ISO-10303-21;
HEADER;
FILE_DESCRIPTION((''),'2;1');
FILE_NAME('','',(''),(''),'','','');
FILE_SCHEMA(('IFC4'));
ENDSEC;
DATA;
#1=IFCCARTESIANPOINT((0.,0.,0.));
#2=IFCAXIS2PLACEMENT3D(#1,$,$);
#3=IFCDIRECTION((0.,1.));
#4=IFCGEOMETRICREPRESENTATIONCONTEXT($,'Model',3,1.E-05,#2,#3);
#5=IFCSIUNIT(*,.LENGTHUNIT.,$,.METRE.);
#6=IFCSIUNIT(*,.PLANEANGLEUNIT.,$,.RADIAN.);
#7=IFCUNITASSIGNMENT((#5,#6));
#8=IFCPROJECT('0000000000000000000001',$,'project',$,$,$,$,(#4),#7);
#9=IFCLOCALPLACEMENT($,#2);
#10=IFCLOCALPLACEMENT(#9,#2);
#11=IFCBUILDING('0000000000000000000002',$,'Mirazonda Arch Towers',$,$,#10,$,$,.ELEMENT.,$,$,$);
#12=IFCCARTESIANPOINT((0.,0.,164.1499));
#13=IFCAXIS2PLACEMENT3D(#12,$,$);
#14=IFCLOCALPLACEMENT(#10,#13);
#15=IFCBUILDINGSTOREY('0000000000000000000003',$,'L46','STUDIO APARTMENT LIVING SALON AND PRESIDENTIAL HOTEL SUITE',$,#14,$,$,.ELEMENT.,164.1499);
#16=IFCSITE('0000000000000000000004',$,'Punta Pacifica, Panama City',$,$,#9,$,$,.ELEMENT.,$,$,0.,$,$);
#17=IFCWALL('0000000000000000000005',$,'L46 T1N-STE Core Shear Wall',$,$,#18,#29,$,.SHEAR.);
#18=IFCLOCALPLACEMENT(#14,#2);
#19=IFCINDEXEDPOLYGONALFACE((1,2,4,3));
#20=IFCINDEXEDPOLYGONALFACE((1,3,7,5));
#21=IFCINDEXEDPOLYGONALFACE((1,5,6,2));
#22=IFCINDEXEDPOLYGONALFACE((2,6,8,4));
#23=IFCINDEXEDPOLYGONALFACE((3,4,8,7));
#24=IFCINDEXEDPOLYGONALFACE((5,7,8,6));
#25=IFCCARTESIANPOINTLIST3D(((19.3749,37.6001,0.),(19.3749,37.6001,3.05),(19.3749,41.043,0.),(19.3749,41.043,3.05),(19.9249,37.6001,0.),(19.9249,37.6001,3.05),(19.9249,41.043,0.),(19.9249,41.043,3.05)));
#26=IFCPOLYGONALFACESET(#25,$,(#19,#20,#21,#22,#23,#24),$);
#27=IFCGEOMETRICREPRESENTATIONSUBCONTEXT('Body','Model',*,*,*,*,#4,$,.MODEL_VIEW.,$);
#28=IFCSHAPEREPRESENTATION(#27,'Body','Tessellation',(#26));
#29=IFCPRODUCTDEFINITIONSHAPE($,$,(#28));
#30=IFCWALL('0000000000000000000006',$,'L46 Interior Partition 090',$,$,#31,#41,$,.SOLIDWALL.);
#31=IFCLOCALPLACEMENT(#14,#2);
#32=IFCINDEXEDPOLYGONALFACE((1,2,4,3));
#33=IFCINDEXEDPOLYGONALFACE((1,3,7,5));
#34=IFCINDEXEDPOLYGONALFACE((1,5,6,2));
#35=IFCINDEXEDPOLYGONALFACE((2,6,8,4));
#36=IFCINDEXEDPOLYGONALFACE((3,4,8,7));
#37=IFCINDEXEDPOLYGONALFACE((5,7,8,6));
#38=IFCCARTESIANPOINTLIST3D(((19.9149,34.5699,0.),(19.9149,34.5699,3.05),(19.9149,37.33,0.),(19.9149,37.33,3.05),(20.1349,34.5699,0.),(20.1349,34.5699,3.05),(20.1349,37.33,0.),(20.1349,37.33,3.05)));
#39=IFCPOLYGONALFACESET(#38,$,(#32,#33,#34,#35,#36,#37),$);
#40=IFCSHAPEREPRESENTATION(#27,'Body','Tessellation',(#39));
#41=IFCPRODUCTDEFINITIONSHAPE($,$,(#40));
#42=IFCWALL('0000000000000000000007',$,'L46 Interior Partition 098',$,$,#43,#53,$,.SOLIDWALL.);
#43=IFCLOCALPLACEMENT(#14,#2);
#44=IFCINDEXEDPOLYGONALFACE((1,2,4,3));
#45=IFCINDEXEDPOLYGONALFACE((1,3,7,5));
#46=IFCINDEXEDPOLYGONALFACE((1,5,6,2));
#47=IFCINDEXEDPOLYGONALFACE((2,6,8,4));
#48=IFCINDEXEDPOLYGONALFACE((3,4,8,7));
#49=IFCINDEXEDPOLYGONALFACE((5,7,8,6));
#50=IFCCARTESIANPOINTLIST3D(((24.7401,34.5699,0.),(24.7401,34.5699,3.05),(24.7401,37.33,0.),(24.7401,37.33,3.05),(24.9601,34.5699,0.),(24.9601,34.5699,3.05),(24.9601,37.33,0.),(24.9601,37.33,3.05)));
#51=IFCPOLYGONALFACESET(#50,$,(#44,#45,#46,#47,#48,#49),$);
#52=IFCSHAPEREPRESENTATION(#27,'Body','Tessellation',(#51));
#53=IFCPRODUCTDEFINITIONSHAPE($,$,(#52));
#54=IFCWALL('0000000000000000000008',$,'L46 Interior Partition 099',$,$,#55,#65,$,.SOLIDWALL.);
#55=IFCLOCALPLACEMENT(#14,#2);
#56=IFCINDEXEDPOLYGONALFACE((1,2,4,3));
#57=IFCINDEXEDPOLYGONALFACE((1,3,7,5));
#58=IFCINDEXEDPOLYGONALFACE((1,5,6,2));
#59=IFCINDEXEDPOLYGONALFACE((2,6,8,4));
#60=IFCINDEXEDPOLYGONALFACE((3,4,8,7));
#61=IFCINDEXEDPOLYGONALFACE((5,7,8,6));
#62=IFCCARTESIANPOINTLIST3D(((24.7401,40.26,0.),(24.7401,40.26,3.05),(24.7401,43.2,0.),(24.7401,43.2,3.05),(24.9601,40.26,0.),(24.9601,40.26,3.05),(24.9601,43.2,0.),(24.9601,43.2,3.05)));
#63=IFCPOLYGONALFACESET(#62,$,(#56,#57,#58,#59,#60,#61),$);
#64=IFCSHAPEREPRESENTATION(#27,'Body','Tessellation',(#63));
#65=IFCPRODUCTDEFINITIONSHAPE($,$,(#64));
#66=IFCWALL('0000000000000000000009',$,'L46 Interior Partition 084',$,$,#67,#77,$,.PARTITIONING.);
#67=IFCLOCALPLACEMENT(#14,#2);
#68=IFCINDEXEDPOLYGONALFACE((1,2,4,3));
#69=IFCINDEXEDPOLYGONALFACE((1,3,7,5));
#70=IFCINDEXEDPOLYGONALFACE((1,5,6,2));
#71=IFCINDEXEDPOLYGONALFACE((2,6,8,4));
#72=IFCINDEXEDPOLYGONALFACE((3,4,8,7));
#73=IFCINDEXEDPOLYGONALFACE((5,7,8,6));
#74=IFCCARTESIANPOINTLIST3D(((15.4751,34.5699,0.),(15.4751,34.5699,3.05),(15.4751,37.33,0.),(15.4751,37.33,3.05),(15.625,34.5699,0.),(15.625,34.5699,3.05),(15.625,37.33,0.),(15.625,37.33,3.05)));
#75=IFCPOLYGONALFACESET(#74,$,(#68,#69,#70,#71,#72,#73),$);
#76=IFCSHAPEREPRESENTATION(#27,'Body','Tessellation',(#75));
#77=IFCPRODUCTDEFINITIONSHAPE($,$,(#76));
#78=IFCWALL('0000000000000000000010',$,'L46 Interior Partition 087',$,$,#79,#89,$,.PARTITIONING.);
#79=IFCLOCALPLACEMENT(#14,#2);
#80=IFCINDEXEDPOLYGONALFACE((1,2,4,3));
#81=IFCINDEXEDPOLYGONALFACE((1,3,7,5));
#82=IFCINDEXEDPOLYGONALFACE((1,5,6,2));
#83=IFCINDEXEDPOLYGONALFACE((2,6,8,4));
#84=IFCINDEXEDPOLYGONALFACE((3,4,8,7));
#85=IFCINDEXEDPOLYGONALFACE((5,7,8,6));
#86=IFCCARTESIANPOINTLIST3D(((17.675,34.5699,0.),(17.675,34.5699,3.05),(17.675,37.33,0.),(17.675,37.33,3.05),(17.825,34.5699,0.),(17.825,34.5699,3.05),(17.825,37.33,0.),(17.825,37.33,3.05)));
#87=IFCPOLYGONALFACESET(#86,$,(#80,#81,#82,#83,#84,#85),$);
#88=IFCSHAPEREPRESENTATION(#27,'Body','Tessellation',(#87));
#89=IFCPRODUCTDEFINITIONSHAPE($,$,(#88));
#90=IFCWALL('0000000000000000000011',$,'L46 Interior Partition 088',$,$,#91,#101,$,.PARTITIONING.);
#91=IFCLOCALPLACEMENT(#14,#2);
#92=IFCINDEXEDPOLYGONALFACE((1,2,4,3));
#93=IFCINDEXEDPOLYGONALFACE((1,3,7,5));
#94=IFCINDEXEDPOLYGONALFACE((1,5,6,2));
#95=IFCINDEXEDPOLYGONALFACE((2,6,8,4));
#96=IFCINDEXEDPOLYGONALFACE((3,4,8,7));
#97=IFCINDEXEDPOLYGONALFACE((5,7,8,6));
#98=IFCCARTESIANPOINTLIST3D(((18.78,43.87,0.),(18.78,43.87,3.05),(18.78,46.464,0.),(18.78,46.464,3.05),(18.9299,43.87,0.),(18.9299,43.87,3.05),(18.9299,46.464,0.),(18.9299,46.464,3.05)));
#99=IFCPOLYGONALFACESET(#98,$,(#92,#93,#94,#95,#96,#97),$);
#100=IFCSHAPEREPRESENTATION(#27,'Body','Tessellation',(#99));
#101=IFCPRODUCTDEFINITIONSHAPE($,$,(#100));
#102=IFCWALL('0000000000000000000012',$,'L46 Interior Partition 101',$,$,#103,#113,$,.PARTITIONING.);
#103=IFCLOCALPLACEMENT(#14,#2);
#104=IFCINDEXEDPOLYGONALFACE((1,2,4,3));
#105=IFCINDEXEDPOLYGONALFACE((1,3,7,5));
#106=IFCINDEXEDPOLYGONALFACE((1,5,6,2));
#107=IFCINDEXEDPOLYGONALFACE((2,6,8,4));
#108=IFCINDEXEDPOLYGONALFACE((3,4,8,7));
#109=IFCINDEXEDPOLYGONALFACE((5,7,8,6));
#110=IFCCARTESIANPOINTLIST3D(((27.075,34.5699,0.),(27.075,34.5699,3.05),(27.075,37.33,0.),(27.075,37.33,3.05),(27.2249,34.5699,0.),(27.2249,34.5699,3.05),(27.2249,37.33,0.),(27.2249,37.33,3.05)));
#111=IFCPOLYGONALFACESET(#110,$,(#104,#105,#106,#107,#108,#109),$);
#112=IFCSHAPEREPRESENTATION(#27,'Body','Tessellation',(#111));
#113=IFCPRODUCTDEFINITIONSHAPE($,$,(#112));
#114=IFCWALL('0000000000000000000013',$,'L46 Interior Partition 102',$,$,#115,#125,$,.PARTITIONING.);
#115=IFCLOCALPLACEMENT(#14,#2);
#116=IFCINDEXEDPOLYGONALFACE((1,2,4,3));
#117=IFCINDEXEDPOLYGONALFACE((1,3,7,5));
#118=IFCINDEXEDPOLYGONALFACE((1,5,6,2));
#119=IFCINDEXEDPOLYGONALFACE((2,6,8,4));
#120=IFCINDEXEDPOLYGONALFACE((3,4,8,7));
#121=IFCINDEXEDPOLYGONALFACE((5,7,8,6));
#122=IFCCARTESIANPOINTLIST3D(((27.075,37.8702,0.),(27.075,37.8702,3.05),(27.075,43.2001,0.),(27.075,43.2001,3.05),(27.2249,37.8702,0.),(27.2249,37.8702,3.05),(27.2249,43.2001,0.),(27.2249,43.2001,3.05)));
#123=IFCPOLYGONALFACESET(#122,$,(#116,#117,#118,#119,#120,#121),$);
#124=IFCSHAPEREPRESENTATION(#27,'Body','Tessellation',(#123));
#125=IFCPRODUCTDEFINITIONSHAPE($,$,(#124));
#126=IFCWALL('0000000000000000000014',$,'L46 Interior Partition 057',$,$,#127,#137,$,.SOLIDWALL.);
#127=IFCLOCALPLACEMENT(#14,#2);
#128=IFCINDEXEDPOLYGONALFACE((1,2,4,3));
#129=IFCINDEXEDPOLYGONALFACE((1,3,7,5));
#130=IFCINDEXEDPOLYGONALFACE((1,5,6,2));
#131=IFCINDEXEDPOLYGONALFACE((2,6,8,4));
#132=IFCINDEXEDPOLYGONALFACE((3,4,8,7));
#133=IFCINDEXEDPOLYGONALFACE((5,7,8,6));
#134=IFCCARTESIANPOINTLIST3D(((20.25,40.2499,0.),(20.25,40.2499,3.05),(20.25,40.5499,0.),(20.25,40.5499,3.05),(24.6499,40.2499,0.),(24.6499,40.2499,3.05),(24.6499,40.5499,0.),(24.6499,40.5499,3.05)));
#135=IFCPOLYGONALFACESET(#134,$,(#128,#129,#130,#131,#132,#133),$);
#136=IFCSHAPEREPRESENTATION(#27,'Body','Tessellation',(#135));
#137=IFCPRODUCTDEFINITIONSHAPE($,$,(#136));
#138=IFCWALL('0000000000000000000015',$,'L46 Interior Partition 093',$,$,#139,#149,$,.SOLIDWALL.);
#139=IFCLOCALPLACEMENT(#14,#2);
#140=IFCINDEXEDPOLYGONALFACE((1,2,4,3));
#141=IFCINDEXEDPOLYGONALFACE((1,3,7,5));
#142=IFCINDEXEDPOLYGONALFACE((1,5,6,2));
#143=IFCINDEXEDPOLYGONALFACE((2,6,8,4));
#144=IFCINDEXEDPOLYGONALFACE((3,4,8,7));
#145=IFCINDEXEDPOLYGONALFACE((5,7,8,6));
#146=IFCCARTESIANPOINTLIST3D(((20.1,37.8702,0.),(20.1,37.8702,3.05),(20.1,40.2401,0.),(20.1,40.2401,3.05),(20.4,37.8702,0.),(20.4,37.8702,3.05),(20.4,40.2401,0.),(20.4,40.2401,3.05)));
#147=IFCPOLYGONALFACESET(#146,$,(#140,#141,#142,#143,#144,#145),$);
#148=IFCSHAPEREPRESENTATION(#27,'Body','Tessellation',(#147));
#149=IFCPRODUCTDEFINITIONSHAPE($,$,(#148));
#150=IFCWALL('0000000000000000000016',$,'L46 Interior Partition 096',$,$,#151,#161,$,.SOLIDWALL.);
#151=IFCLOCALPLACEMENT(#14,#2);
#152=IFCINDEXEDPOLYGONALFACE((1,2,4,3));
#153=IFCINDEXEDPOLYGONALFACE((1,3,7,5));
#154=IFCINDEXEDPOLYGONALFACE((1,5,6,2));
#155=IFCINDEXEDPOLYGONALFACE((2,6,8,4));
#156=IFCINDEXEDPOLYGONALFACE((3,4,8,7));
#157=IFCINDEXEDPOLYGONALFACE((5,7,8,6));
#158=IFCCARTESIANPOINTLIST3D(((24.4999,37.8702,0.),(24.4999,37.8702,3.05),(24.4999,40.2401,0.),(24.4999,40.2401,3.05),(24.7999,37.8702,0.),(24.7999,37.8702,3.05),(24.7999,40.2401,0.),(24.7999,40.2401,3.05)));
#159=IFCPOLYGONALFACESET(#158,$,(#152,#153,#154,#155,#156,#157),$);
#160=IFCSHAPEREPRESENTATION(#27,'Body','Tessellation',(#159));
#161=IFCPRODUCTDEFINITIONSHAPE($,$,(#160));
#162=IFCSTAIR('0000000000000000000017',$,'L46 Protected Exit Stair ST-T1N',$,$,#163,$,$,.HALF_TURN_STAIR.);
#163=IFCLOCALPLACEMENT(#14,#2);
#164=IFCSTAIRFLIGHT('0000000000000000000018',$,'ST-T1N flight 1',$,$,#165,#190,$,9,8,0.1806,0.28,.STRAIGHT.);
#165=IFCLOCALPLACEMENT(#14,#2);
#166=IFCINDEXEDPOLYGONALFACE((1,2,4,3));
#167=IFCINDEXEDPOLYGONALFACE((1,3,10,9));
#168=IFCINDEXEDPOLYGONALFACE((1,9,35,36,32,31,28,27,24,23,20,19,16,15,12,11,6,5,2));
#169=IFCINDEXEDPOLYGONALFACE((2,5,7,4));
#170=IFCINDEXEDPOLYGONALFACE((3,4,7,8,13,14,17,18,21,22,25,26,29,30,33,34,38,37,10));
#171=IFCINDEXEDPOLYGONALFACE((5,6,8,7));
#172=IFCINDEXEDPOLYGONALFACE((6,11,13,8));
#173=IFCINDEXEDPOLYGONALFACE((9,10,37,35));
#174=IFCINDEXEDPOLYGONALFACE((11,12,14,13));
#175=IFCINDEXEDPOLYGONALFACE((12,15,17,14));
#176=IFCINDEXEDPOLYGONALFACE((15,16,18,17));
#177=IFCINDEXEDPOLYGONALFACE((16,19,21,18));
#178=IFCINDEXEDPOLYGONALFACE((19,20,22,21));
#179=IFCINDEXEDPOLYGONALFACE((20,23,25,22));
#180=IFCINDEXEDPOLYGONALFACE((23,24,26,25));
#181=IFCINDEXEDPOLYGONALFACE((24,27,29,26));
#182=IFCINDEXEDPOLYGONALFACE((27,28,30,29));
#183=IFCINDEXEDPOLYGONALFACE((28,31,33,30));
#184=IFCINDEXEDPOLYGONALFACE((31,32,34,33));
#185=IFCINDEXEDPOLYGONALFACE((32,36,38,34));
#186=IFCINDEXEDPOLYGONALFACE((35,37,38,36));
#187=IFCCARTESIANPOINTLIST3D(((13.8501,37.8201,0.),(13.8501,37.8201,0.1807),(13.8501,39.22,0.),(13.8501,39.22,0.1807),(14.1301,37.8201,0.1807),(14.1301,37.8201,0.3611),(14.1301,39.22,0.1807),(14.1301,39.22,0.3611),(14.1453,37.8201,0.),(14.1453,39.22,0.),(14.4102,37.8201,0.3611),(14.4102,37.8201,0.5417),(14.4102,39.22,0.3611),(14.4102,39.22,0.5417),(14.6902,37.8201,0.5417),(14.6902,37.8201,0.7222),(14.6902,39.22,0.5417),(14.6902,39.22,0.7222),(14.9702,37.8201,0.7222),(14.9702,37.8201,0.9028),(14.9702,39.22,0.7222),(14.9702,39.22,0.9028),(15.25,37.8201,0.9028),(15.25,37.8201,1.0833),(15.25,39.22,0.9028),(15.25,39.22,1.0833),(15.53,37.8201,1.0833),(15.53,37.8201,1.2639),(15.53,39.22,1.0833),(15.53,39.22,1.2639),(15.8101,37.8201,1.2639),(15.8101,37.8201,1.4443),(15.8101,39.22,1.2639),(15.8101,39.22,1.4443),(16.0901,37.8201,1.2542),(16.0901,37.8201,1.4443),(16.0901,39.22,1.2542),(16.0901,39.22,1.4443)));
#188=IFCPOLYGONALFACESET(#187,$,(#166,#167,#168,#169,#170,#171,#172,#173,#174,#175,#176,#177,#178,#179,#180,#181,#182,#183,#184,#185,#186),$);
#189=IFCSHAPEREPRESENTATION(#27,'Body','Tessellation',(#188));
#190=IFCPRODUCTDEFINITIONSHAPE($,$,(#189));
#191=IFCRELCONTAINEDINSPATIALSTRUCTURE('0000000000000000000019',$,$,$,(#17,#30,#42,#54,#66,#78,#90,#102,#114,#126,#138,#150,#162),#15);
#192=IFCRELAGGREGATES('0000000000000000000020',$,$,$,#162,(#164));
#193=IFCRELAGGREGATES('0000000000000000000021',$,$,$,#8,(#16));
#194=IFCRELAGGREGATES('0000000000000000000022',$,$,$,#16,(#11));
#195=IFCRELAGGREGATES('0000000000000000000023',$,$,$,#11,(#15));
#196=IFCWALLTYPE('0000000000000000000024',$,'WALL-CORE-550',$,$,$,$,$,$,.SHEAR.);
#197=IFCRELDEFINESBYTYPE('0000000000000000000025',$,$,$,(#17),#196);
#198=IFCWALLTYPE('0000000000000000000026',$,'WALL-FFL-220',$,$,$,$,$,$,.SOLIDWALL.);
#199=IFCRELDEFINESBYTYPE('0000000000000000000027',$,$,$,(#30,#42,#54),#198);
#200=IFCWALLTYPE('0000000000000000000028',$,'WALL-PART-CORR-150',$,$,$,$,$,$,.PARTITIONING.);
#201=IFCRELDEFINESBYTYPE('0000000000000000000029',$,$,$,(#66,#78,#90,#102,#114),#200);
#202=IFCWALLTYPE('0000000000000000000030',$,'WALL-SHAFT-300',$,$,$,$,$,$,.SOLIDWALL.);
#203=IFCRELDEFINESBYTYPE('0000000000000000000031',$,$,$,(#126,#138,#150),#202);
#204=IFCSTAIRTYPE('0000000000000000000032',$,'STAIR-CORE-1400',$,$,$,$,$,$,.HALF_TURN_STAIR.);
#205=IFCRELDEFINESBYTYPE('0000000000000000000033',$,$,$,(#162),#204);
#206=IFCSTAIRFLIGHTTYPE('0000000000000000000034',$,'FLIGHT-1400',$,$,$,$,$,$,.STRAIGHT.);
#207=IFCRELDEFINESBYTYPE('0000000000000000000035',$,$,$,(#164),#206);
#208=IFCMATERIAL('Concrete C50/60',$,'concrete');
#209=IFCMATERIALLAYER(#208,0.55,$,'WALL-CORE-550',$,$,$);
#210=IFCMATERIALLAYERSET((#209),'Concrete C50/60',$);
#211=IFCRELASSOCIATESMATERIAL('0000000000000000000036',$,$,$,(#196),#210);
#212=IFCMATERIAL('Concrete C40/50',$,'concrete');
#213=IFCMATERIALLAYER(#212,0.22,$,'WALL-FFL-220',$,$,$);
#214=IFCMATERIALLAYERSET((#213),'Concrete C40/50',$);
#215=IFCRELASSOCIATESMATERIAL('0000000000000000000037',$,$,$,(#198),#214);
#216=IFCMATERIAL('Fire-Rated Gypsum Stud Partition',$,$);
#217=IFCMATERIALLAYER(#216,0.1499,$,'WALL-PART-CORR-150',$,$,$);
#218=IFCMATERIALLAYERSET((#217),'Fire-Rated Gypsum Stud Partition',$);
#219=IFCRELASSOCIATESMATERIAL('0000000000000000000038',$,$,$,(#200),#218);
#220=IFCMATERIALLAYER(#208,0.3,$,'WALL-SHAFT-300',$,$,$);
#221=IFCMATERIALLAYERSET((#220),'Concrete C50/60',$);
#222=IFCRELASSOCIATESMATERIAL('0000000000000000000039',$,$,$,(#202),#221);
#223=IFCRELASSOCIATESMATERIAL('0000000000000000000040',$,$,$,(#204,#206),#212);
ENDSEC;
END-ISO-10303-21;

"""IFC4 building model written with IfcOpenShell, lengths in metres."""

from ifc_helpers import new_model, si_unit, direction, frame, frame_2d, origin, place, context, subcontext, project, spatial, polyline, rectangle, outline, extrude, material, layer, layer_set, type_object, element, aggregate, save


model = new_model("IFC4")

# Units and contexts
model_context = context("Model", 3, precision=1e-05, world=origin(), true_north=direction((0.0, 1.0)))
body_context = subcontext(model_context, "Body", "Model", "MODEL_VIEW")
ifc_project = project(units=[si_unit("LENGTHUNIT", "METRE"), si_unit("PLANEANGLEUNIT", "RADIAN")], contexts=[model_context])

# Site, building, storey
site_placement = place(None, origin())
site = spatial("IfcSite", under=ifc_project, at=site_placement, Name="Punta Pacifica, Panama City", CompositionType="ELEMENT", RefElevation=0.0)
building_placement = place(site_placement, origin())
building = spatial("IfcBuilding", under=site, at=building_placement, Name="Mirazonda Arch Towers", CompositionType="ELEMENT")
storey_placement = place(building_placement, frame((0.0, 0.0, 164.1499)))
storey = spatial("IfcBuildingStorey", under=building, at=storey_placement, Name="L46", Description="STUDIO APARTMENT LIVING SALON AND PRESIDENTIAL HOTEL SUITE", CompositionType="ELEMENT", Elevation=164.1499)

# Shared definitions
ifc_material_1 = material(Name="Concrete C50/60", Category="concrete")

# Wall
ifc_layer_1 = layer(ifc_material_1, 0.55, Name="WALL-CORE-550")
ifc_layer_set_1 = layer_set([ifc_layer_1], Name="Concrete C50/60")
wall_type_1 = type_object("IfcWallType", Name="WALL-CORE-550", PredefinedType="SHEAR", material=ifc_layer_set_1)
wall_1_placement = place(storey_placement, frame((19.6499, 37.6001, 0.0), z_axis=(0.0, 0.0, 1.0), x_axis=(0.0, 1.0, 0.0)))
element("IfcWall", 1, at=wall_1_placement, inside=storey, type_object=wall_type_1, Name="L46 T1N-STE Core Shear Wall", PredefinedType="SHEAR", context=body_context, shape_type="SweptSolid", body=[
    extrude(rectangle(XDim=3.4429, YDim=0.55, at=frame_2d((1.7214, 0.0))), origin(), (0.0, 0.0, 1.0), 3.05),
])

# Shared definitions
ifc_material_2 = material(Name="Concrete C40/50", Category="concrete")
ifc_layer_2 = layer(ifc_material_2, 0.22, Name="WALL-FFL-220")
ifc_layer_set_2 = layer_set([ifc_layer_2], Name="Concrete C40/50")
wall_type_2 = type_object("IfcWallType", Name="WALL-FFL-220", PredefinedType="SOLIDWALL", material=ifc_layer_set_2)

# Walls
for number, where, z_axis, x_axis, name in (
    (2, (20.0249, 34.5701, 0.0), (0.0, 0.0, 1.0), (0.0, 1.0, 0.0), "L46 Interior Partition 090"),
    (3, (24.8501, 34.5701, 0.0), (0.0, 0.0, 1.0), (0.0, 1.0, 0.0), "L46 Interior Partition 098"),
):
    element("IfcWall", number, at=place(storey_placement, frame(where, z_axis=z_axis, x_axis=x_axis)), inside=storey, type_object=wall_type_2, Name=name, PredefinedType="SOLIDWALL", context=body_context, shape_type="SweptSolid", body=[
        extrude(rectangle(XDim=2.76, YDim=0.22, at=frame_2d((1.3799, 0.0))), origin(), (0.0, 0.0, 1.0), 3.05),
    ])
wall_2_placement = place(storey_placement, frame((24.8501, 40.26, 0.0), z_axis=(0.0, 0.0, 1.0), x_axis=(0.0, 1.0, 0.0)))
element("IfcWall", 4, at=wall_2_placement, inside=storey, type_object=wall_type_2, Name="L46 Interior Partition 099", PredefinedType="SOLIDWALL", context=body_context, shape_type="SweptSolid", body=[
    extrude(rectangle(XDim=2.9399, YDim=0.22, at=frame_2d((1.47, 0.0))), origin(), (0.0, 0.0, 1.0), 3.05),
])
ifc_material_3 = material(Name="Fire-Rated Gypsum Stud Partition")
ifc_layer_3 = layer(ifc_material_3, 0.1499, Name="WALL-PART-CORR-150")
ifc_layer_set_3 = layer_set([ifc_layer_3], Name="Fire-Rated Gypsum Stud Partition")
wall_type_3 = type_object("IfcWallType", Name="WALL-PART-CORR-150", PredefinedType="PARTITIONING", material=ifc_layer_set_3)
for number, where, z_axis, x_axis, name in (
    (5, (15.55, 34.5701, 0.0), (0.0, 0.0, 1.0), (0.0, 1.0, 0.0), "L46 Interior Partition 084"),
    (6, (17.75, 34.5701, 0.0), (0.0, 0.0, 1.0), (0.0, 1.0, 0.0), "L46 Interior Partition 087"),
):
    element("IfcWall", number, at=place(storey_placement, frame(where, z_axis=z_axis, x_axis=x_axis)), inside=storey, type_object=wall_type_3, Name=name, PredefinedType="PARTITIONING", context=body_context, shape_type="SweptSolid", body=[
        extrude(rectangle(XDim=2.76, YDim=0.1499, at=frame_2d((1.3799, 0.0))), origin(), (0.0, 0.0, 1.0), 3.05),
    ])
wall_3_placement = place(storey_placement, frame((18.855, 43.8701, 0.0), z_axis=(0.0, 0.0, 1.0), x_axis=(0.0, 1.0, 0.0)))
element("IfcWall", 7, at=wall_3_placement, inside=storey, type_object=wall_type_3, Name="L46 Interior Partition 088", PredefinedType="PARTITIONING", context=body_context, shape_type="SweptSolid", body=[
    extrude(rectangle(XDim=2.594, YDim=0.1499, at=frame_2d((1.2969, 0.0))), origin(), (0.0, 0.0, 1.0), 3.05),
])
wall_4_placement = place(storey_placement, frame((27.1499, 34.5701, 0.0), z_axis=(0.0, 0.0, 1.0), x_axis=(0.0, 1.0, 0.0)))
element("IfcWall", 8, at=wall_4_placement, inside=storey, type_object=wall_type_3, Name="L46 Interior Partition 101", PredefinedType="PARTITIONING", context=body_context, shape_type="SweptSolid", body=[
    extrude(rectangle(XDim=2.76, YDim=0.1499, at=frame_2d((1.3799, 0.0))), origin(), (0.0, 0.0, 1.0), 3.05),
])
wall_5_placement = place(storey_placement, frame((27.1499, 37.8701, 0.0), z_axis=(0.0, 0.0, 1.0), x_axis=(0.0, 1.0, 0.0)))
element("IfcWall", 9, at=wall_5_placement, inside=storey, type_object=wall_type_3, Name="L46 Interior Partition 102", PredefinedType="PARTITIONING", context=body_context, shape_type="SweptSolid", body=[
    extrude(rectangle(XDim=5.3298, YDim=0.1499, at=frame_2d((2.665, 0.0))), origin(), (0.0, 0.0, 1.0), 3.05),
])
ifc_layer_4 = layer(ifc_material_1, 0.3, Name="WALL-SHAFT-300")
ifc_layer_set_4 = layer_set([ifc_layer_4], Name="Concrete C50/60")
wall_type_4 = type_object("IfcWallType", Name="WALL-SHAFT-300", PredefinedType="SOLIDWALL", material=ifc_layer_set_4)
wall_6_placement = place(storey_placement, frame((20.25, 40.3999, 0.0), z_axis=(0.0, 0.0, 1.0), x_axis=(1.0, 0.0, 0.0)))
element("IfcWall", 10, at=wall_6_placement, inside=storey, type_object=wall_type_4, Name="L46 Interior Partition 057", PredefinedType="SOLIDWALL", context=body_context, shape_type="SweptSolid", body=[
    extrude(rectangle(XDim=4.3999, YDim=0.3, at=frame_2d((2.2, 0.0))), origin(), (0.0, 0.0, 1.0), 3.05),
])
for number, where, z_axis, x_axis, name in (
    (11, (20.25, 37.8701, 0.0), (0.0, 0.0, 1.0), (0.0, 1.0, 0.0), "L46 Interior Partition 093"),
    (12, (24.6499, 37.8701, 0.0), (0.0, 0.0, 1.0), (0.0, 1.0, 0.0), "L46 Interior Partition 096"),
):
    element("IfcWall", number, at=place(storey_placement, frame(where, z_axis=z_axis, x_axis=x_axis)), inside=storey, type_object=wall_type_4, Name=name, PredefinedType="SOLIDWALL", context=body_context, shape_type="SweptSolid", body=[
        extrude(rectangle(XDim=2.3699, YDim=0.3, at=frame_2d((1.1851, 0.0))), origin(), (0.0, 0.0, 1.0), 3.05),
    ])

# Stair, stair flight
stair_type = type_object("IfcStairType", Name="STAIR-CORE-1400", PredefinedType="HALF_TURN_STAIR", material=ifc_material_2)
stair_placement = place(storey_placement, origin())
stair = element("IfcStair", 13, at=stair_placement, inside=storey, type_object=stair_type, Name="L46 Protected Exit Stair ST-T1N", PredefinedType="HALF_TURN_STAIR")
stair_flight_type = type_object("IfcStairFlightType", Name="FLIGHT-1400", PredefinedType="STRAIGHT", material=ifc_material_2)
stair_flight_1_placement = place(storey_placement, frame((13.8501, 38.52, 0.0), z_axis=(0.0, 0.0, 1.0), x_axis=(1.0, 0.0, 0.0)))
stair_flight_1 = element("IfcStairFlight", 14, at=stair_flight_1_placement, type_object=stair_flight_type, Name="ST-T1N flight 1", NumberOfRisers=9, NumberOfTreads=8, PredefinedType="STRAIGHT", RiserHeight=0.1806, TreadLength=0.28, context=body_context, shape_type="SweptSolid", body=[
    extrude(outline(polyline([(0.0, 0.0), (0.0, 0.1807), (0.28, 0.1807), (0.28, 0.3611), (0.5601, 0.3611), (0.5601, 0.5417), (0.8401, 0.5417), (0.8401, 0.7222), (1.1201, 0.7222), (1.1201, 0.9028), (1.3999, 0.9028), (1.3999, 1.0833), (1.6799, 1.0833), (1.6799, 1.2639), (1.96, 1.2639), (1.96, 1.4443), (2.24, 1.4443), (2.24, 1.625), (2.24, 1.2542), (0.2952, 0.0), (0.0, 0.0)])), frame((0.0, 0.7, 0.0), z_axis=(0.0, -1.0, 0.0), x_axis=(1.0, 0.0, 0.0)), (0.0, 0.0, 1.0), 1.3999),
])
aggregate(stair, [stair_flight_1])

save(model, "model.ifc")
